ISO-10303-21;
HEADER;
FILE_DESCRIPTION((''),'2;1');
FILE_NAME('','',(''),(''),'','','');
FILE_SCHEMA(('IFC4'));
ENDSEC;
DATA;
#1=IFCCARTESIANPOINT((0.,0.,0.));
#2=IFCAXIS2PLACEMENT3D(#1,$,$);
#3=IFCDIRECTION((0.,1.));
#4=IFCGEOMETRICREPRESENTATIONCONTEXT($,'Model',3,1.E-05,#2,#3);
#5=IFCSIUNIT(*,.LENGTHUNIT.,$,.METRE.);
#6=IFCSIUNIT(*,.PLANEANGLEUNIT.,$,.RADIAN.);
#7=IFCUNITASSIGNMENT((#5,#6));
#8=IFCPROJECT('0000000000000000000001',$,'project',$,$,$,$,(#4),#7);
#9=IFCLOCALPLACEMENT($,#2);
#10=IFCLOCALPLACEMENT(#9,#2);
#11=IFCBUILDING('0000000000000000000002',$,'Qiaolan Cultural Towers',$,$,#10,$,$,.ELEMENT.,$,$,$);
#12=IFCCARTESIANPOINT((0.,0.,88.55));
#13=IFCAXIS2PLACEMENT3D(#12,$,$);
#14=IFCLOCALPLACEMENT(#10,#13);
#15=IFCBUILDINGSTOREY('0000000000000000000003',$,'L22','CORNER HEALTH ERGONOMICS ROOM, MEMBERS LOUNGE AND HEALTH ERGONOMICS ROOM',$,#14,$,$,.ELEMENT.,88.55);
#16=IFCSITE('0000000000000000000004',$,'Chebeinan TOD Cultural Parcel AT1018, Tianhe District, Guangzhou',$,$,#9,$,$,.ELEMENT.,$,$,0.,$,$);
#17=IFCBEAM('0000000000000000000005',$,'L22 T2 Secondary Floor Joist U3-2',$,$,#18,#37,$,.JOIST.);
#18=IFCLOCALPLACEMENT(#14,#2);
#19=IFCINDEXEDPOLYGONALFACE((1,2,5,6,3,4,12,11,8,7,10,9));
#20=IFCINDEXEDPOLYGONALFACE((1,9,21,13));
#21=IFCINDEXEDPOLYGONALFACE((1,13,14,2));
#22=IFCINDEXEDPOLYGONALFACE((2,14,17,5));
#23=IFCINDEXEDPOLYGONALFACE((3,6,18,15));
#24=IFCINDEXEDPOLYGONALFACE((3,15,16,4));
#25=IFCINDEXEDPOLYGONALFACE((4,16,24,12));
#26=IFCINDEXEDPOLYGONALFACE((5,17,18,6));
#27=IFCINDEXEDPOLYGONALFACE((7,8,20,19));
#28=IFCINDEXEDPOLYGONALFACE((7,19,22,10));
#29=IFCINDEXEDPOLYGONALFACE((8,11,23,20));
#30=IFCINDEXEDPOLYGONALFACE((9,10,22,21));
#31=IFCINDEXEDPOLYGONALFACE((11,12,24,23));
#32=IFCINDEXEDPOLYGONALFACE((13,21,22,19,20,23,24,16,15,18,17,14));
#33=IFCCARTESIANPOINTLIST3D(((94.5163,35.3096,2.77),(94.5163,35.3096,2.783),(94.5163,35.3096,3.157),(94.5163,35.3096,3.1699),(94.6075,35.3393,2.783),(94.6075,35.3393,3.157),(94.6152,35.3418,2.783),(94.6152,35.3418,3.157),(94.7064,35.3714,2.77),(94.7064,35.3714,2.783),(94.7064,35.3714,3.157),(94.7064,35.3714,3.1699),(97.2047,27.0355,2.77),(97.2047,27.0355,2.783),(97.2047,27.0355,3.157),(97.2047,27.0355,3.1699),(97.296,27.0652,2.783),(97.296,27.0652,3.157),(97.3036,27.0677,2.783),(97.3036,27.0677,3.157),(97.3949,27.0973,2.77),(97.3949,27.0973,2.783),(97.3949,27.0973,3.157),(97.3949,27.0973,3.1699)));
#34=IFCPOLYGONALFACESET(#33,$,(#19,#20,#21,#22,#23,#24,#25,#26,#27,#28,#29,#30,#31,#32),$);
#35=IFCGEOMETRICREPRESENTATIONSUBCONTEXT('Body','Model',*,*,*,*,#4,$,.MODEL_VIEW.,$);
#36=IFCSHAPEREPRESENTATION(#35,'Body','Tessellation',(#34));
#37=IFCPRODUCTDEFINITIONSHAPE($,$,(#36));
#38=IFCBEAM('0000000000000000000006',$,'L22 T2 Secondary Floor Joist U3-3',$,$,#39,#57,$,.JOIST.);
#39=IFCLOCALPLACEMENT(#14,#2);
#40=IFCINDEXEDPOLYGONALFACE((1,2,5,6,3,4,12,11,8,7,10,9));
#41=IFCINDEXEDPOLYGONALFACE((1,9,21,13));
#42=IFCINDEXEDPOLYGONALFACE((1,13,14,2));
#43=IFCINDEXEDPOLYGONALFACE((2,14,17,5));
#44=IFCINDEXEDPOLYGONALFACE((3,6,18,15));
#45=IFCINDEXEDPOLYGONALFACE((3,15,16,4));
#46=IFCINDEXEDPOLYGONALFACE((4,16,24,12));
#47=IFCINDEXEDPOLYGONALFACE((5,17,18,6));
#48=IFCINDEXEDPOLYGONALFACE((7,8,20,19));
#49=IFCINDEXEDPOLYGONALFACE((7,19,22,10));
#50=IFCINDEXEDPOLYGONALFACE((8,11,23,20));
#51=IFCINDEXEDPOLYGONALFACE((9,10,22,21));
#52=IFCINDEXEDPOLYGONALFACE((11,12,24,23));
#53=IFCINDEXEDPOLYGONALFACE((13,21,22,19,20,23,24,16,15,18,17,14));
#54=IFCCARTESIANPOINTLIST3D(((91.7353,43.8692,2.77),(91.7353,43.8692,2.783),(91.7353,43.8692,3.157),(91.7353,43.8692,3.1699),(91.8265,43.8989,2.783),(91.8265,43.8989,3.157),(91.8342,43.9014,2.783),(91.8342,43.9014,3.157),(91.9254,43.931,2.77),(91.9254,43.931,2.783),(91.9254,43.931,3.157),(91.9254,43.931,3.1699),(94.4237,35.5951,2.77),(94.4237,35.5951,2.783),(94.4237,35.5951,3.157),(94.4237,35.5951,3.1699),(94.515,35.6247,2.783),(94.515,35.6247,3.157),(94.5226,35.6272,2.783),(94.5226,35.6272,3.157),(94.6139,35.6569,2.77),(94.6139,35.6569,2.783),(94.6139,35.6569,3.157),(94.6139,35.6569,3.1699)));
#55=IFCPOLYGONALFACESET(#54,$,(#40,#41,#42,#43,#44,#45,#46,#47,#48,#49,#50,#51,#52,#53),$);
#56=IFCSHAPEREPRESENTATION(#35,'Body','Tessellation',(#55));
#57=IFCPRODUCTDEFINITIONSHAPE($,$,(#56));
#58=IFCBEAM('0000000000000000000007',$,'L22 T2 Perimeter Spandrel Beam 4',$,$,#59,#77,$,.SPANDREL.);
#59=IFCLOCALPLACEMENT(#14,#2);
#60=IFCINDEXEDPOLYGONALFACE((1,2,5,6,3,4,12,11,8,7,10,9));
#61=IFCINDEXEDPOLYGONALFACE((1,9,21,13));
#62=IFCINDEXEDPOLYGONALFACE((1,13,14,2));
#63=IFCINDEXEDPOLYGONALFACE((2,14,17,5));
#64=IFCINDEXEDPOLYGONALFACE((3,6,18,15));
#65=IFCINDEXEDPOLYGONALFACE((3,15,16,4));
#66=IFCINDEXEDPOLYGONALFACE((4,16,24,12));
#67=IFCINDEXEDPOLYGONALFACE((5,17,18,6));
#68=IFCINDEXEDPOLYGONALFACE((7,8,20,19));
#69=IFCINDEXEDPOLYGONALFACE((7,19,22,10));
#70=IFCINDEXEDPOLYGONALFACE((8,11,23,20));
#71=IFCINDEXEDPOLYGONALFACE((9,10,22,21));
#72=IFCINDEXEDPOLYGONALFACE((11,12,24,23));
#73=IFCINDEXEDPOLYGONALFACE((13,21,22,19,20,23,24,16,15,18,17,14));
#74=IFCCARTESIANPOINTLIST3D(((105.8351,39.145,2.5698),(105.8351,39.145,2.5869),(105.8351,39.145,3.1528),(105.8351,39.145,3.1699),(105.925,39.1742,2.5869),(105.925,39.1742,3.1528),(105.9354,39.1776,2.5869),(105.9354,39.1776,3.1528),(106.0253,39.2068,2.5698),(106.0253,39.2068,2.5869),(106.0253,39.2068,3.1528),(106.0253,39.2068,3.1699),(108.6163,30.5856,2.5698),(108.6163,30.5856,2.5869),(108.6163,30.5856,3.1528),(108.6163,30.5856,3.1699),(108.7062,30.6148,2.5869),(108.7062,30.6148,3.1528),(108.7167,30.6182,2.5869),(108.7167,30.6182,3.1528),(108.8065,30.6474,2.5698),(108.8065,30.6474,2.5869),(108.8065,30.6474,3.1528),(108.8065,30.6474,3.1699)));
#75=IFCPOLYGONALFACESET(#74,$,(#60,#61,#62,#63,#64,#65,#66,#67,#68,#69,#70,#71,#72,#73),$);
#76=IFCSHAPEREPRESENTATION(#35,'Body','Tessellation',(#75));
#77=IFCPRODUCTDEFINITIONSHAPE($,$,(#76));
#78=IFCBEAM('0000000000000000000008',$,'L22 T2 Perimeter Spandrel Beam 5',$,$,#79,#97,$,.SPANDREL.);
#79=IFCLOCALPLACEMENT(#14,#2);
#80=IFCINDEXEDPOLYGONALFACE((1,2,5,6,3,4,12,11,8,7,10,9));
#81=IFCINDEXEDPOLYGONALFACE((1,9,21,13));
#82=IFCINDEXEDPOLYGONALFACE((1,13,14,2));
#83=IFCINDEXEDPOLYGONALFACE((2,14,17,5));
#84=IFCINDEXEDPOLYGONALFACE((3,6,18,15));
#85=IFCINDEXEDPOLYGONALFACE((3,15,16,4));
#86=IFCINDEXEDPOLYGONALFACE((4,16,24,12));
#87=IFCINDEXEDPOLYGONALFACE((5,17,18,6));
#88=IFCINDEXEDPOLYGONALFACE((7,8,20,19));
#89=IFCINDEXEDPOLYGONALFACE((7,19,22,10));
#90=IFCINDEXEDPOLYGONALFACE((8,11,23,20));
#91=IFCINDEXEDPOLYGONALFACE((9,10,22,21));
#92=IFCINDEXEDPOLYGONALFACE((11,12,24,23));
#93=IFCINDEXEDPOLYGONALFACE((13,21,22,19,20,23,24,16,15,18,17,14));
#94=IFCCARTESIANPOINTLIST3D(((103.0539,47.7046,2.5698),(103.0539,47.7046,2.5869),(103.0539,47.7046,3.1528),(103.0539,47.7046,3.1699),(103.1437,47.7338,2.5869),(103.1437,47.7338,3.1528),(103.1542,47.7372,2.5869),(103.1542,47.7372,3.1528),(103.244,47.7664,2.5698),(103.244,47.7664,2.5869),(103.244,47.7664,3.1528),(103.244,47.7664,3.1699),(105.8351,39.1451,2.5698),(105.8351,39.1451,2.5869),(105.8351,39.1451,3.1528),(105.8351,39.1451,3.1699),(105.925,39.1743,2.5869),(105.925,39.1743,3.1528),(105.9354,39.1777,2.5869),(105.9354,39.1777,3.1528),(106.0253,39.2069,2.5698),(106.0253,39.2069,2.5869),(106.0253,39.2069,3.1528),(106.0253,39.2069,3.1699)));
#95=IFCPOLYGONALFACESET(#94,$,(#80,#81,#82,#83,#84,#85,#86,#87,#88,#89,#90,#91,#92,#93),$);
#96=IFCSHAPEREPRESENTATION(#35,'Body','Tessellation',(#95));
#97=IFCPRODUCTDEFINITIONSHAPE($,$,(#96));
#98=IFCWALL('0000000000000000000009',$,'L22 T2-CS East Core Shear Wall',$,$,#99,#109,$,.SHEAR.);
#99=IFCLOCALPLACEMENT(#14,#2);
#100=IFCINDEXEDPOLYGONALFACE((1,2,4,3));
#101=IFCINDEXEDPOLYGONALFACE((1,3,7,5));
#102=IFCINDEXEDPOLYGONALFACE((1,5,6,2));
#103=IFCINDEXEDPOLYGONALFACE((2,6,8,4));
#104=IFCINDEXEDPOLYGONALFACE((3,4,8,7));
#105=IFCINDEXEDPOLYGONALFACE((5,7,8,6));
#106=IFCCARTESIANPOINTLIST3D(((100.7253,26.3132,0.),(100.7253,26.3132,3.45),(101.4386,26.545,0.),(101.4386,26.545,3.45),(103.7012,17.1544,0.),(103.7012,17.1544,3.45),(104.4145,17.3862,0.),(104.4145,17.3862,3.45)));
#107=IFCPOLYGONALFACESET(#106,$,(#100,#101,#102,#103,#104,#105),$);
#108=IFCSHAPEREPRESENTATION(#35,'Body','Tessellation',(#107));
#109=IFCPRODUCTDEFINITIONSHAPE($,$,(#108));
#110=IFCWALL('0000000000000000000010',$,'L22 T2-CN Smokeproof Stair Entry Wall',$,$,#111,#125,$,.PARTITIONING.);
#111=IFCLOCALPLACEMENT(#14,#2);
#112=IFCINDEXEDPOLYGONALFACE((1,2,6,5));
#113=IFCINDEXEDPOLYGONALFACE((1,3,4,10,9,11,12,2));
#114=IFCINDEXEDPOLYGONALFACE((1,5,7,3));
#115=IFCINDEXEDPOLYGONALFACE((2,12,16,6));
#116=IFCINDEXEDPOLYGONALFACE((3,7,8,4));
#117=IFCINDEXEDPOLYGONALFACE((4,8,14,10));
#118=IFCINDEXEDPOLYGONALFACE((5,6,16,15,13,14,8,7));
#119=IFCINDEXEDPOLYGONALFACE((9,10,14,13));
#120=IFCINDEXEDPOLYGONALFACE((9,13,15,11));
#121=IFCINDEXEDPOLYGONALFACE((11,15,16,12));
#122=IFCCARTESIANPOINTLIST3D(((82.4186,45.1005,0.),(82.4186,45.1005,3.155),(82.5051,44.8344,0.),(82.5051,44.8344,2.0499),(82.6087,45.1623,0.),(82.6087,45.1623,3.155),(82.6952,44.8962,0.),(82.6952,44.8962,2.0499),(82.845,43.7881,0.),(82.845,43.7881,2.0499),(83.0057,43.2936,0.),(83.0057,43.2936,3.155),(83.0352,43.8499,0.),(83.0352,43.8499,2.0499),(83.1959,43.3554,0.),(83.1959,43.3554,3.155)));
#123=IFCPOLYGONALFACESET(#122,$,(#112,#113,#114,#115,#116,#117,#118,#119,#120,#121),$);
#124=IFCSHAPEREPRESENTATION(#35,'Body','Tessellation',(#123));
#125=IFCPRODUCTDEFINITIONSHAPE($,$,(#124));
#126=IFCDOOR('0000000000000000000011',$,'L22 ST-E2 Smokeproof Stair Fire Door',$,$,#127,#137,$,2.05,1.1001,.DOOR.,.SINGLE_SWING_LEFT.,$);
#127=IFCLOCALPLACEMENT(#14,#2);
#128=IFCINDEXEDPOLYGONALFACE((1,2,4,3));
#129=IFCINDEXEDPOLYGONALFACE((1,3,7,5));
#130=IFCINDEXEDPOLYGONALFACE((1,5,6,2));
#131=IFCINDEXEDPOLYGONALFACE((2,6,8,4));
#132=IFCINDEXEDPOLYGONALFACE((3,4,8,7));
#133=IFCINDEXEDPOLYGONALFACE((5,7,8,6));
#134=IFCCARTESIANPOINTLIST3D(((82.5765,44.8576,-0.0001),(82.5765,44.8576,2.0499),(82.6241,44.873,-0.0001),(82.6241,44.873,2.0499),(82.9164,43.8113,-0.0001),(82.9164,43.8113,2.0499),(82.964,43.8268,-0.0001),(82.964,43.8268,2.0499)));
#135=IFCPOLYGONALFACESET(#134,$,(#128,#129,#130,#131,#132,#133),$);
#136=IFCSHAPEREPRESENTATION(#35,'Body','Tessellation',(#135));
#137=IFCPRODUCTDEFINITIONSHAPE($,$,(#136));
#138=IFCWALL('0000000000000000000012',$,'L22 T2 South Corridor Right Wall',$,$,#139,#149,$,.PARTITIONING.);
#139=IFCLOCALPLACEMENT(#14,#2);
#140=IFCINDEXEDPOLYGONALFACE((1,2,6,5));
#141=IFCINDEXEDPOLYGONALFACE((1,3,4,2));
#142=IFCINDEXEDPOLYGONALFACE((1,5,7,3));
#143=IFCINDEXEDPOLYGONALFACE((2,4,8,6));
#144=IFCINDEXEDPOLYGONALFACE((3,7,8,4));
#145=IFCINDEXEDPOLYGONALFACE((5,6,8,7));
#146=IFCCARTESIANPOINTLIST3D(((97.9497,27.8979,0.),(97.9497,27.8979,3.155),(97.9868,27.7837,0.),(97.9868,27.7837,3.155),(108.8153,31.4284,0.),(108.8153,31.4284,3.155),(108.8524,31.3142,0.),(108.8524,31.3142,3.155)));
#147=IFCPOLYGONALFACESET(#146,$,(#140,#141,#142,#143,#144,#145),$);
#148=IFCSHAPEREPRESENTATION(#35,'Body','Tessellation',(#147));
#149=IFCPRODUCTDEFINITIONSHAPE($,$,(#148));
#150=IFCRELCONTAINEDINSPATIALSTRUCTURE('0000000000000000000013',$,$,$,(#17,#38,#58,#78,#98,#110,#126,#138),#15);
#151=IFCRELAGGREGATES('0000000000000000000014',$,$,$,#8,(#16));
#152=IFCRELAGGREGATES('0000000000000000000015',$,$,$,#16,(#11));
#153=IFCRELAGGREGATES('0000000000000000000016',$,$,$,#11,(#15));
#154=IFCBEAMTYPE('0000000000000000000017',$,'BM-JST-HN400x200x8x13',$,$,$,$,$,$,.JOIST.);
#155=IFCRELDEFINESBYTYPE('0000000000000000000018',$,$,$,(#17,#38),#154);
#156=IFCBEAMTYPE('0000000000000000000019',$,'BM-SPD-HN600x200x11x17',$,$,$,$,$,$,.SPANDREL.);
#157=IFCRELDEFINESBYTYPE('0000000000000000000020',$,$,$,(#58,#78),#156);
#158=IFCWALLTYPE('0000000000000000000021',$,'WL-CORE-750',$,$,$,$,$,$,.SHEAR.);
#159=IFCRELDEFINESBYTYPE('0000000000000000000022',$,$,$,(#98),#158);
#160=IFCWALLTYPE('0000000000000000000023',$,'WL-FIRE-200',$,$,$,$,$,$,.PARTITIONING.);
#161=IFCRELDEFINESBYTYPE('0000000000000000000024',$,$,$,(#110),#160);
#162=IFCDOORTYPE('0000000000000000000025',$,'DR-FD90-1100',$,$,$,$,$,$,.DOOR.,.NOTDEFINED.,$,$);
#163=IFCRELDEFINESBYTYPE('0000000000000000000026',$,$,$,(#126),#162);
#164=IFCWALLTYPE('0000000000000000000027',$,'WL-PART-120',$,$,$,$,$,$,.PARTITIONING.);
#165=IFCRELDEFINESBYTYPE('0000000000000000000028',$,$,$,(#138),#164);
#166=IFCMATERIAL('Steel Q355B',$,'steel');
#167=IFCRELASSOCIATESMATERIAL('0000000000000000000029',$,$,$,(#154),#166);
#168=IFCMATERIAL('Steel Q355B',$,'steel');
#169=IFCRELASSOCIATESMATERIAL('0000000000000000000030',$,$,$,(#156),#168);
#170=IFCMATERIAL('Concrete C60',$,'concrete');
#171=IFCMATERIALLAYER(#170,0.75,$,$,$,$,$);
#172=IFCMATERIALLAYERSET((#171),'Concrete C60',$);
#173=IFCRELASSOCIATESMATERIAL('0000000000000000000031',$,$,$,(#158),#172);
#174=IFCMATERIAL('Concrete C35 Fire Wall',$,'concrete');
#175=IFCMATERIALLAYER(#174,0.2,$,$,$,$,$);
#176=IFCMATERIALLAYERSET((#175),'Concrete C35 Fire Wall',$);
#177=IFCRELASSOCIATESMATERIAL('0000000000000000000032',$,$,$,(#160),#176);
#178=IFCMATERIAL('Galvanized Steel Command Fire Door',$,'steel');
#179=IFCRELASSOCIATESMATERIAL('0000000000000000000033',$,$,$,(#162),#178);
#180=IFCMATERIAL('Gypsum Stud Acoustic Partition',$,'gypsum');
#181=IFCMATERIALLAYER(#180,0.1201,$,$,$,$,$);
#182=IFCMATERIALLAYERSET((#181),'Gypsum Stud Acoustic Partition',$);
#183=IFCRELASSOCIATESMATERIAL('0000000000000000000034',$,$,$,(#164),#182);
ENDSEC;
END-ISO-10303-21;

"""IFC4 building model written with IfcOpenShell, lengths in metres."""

from ifc_helpers import new_model, si_unit, direction, frame, frame_2d, origin, origin_2d, place, context, subcontext, project, spatial, rectangle, i_section, extrude, material, layer, layer_set, material_profile, profile_set, type_object, element, fill, save


model = new_model("IFC4")

# Units and contexts
model_context = context("Model", 3, precision=1e-05, world=origin(), true_north=direction((0.0, 1.0)))
body_context = subcontext(model_context, "Body", "Model", "MODEL_VIEW")
ifc_project = project(units=[si_unit("LENGTHUNIT", "METRE"), si_unit("PLANEANGLEUNIT", "RADIAN")], contexts=[model_context])

# Site, building, storey
site_placement = place(None, origin())
site = spatial("IfcSite", under=ifc_project, at=site_placement, Name="Chebeinan TOD Cultural Parcel AT1018, Tianhe District, Guangzhou", CompositionType="ELEMENT", RefElevation=0.0)
building_placement = place(site_placement, origin())
building = spatial("IfcBuilding", under=site, at=building_placement, Name="Qiaolan Cultural Towers", CompositionType="ELEMENT")
storey_placement = place(building_placement, frame((0.0, 0.0, 88.55)))
storey = spatial("IfcBuildingStorey", under=building, at=storey_placement, Name="L22", Description="CORNER HEALTH ERGONOMICS ROOM, MEMBERS LOUNGE AND HEALTH ERGONOMICS ROOM", CompositionType="ELEMENT", Elevation=88.55)

# Beams
ifc_material_1 = material(Name="Steel Q355B", Category="steel")
ifc_material_profile_1 = material_profile(ifc_material_1, i_section(OverallWidth=0.2, OverallDepth=0.3999, WebThickness=0.0081, FlangeThickness=0.0129, at=origin_2d()), Name="HN400x200x8x13")
ifc_profile_set_1 = profile_set([ifc_material_profile_1], Name="Steel Q355B")
beam_type_1 = type_object("IfcBeamType", Name="BM-JST-HN400x200x8x13", PredefinedType="JOIST", material=ifc_profile_set_1)
for number, where, z_axis, x_axis, name in (
    (1, (97.2998, 27.0664, 2.97), (-0.309021, 0.951055, 0.0), (-0.951055, -0.309021, 0.0), "L22 T2 Secondary Floor Joist U3-2"),
    (2, (94.5188, 35.626, 2.97), (-0.309021, 0.951055, 0.0), (-0.951055, -0.309021, 0.0), "L22 T2 Secondary Floor Joist U3-3"),
):
    element("IfcBeam", number, at=place(storey_placement, frame(where, z_axis=z_axis, x_axis=x_axis)), inside=storey, type_object=beam_type_1, Name=name, PredefinedType="JOIST", context=body_context, shape_type="SweptSolid", body=[
        extrude(i_section(OverallWidth=0.2, OverallDepth=0.3999, WebThickness=0.0081, FlangeThickness=0.0129, at=origin_2d()), origin(), (0.0, 0.0, 1.0), 8.7),
    ])
ifc_material_2 = material(Name="Steel Q355B", Category="steel")
ifc_material_profile_2 = material_profile(ifc_material_2, i_section(OverallWidth=0.2, OverallDepth=0.6001, WebThickness=0.011, FlangeThickness=0.0171, at=origin_2d()), Name="HN600x200x11x17")
ifc_profile_set_2 = profile_set([ifc_material_profile_2], Name="Steel Q355B")
beam_type_2 = type_object("IfcBeamType", Name="BM-SPD-HN600x200x11x17", PredefinedType="SPANDREL", material=ifc_profile_set_2)
for number, where, z_axis, x_axis, name in (
    (3, (108.7114, 30.6165, 2.8699), (-0.309025, 0.951054, 0.0), (-0.951054, -0.309025, 0.0), "L22 T2 Perimeter Spandrel Beam 4"),
    (4, (105.9302, 39.176, 2.8699), (-0.309025, 0.951054, 0.0), (-0.951054, -0.309025, 0.0), "L22 T2 Perimeter Spandrel Beam 5"),
):
    element("IfcBeam", number, at=place(storey_placement, frame(where, z_axis=z_axis, x_axis=x_axis)), inside=storey, type_object=beam_type_2, Name=name, PredefinedType="SPANDREL", context=body_context, shape_type="SweptSolid", body=[
        extrude(i_section(OverallWidth=0.2, OverallDepth=0.6001, WebThickness=0.011, FlangeThickness=0.0171, at=origin_2d()), origin(), (0.0, 0.0, 1.0), 9.0),
    ])

# Wall
ifc_material_3 = material(Name="Concrete C60", Category="concrete")
ifc_layer_1 = layer(ifc_material_3, 0.75)
ifc_layer_set_1 = layer_set([ifc_layer_1], Name="Concrete C60")
wall_type_1 = type_object("IfcWallType", Name="WL-CORE-750", PredefinedType="SHEAR", material=ifc_layer_set_1)
wall_1_placement = place(storey_placement, frame((101.082, 26.429, 0.0), z_axis=(0.0, 0.0, 1.0), x_axis=(0.309016, -0.951057, 0.0)))
element("IfcWall", 5, at=wall_1_placement, inside=storey, type_object=wall_type_1, Name="L22 T2-CS East Core Shear Wall", PredefinedType="SHEAR", context=body_context, shape_type="SweptSolid", body=[
    extrude(rectangle(XDim=9.6301, YDim=0.75, at=frame_2d((4.8149, 0.0))), origin(), (0.0, 0.0, 1.0), 3.45),
])

# Wall, opening, door
ifc_material_4 = material(Name="Concrete C35 Fire Wall", Category="concrete")
ifc_layer_2 = layer(ifc_material_4, 0.2)
ifc_layer_set_2 = layer_set([ifc_layer_2], Name="Concrete C35 Fire Wall")
wall_type_2 = type_object("IfcWallType", Name="WL-FIRE-200", PredefinedType="PARTITIONING", material=ifc_layer_set_2)
wall_2_placement = place(storey_placement, frame((83.1008, 43.3245, 0.0), z_axis=(0.0, 0.0, 1.0), x_axis=(-0.309048, 0.951046, 0.0)))
wall_2 = element("IfcWall", 6, at=wall_2_placement, inside=storey, type_object=wall_type_2, Name="L22 T2-CN Smokeproof Stair Entry Wall", PredefinedType="PARTITIONING", context=body_context, shape_type="SweptSolid", body=[
    extrude(rectangle(XDim=1.8999, YDim=0.2, at=frame_2d((0.95, 0.0))), origin(), (0.0, 0.0, 1.0), 3.155),
])
opening_1_placement = place(wall_2_placement, frame((0.52, 0.0, 0.0)))
opening_1 = element("IfcOpeningElement", 7, at=opening_1_placement, cuts=wall_2, PredefinedType="OPENING", context=body_context, shape_type="SweptSolid", body=[
    extrude(rectangle(XDim=1.1001, YDim=2.05, at=frame_2d((0.55, 1.0249))), frame((0.0, 0.1099, 0.0), z_axis=(0.0, -1.0, 0.0), x_axis=(1.0, 0.0, 0.0)), (0.0, 0.0, 1.0), 0.22),
])
ifc_material_5 = material(Name="Galvanized Steel Command Fire Door", Category="steel")
door_type_1 = type_object("IfcDoorType", Name="DR-FD90-1100", OperationType="NOTDEFINED", PredefinedType="DOOR", material=ifc_material_5)
door_1_placement = place(opening_1_placement, origin())
door_1 = element("IfcDoor", 8, at=door_1_placement, inside=storey, type_object=door_type_1, Name="L22 ST-E2 Smokeproof Stair Fire Door", OperationType="SINGLE_SWING_LEFT", OverallHeight=2.05, OverallWidth=1.1001, PredefinedType="DOOR", context=body_context, shape_type="SweptSolid", body=[
    extrude(rectangle(XDim=1.1001, YDim=2.05, at=frame_2d((0.55, 1.0249))), frame((0.0, 0.0249, 0.0), z_axis=(0.0, -1.0, 0.0), x_axis=(1.0, 0.0, 0.0)), (0.0, 0.0, 1.0), 0.05),
])
fill(opening_1, door_1)

# Wall
ifc_material_6 = material(Name="Gypsum Stud Acoustic Partition", Category="gypsum")
ifc_layer_3 = layer(ifc_material_6, 0.1201)
ifc_layer_set_3 = layer_set([ifc_layer_3], Name="Gypsum Stud Acoustic Partition")
wall_type_3 = type_object("IfcWallType", Name="WL-PART-120", PredefinedType="PARTITIONING", material=ifc_layer_set_3)
wall_3_placement = place(storey_placement, frame((97.9683, 27.8408, 0.0), z_axis=(0.0, 0.0, 1.0), x_axis=(0.951056, 0.309019, 0.0)))
element("IfcWall", 9, at=wall_3_placement, inside=storey, type_object=wall_type_3, Name="L22 T2 South Corridor Right Wall", PredefinedType="PARTITIONING", context=body_context, shape_type="SweptSolid", body=[
    extrude(rectangle(XDim=11.4248, YDim=0.1201, at=frame_2d((5.7124, 0.0))), origin(), (0.0, 0.0, 1.0), 3.155),
])

save(model, "model.ifc")
